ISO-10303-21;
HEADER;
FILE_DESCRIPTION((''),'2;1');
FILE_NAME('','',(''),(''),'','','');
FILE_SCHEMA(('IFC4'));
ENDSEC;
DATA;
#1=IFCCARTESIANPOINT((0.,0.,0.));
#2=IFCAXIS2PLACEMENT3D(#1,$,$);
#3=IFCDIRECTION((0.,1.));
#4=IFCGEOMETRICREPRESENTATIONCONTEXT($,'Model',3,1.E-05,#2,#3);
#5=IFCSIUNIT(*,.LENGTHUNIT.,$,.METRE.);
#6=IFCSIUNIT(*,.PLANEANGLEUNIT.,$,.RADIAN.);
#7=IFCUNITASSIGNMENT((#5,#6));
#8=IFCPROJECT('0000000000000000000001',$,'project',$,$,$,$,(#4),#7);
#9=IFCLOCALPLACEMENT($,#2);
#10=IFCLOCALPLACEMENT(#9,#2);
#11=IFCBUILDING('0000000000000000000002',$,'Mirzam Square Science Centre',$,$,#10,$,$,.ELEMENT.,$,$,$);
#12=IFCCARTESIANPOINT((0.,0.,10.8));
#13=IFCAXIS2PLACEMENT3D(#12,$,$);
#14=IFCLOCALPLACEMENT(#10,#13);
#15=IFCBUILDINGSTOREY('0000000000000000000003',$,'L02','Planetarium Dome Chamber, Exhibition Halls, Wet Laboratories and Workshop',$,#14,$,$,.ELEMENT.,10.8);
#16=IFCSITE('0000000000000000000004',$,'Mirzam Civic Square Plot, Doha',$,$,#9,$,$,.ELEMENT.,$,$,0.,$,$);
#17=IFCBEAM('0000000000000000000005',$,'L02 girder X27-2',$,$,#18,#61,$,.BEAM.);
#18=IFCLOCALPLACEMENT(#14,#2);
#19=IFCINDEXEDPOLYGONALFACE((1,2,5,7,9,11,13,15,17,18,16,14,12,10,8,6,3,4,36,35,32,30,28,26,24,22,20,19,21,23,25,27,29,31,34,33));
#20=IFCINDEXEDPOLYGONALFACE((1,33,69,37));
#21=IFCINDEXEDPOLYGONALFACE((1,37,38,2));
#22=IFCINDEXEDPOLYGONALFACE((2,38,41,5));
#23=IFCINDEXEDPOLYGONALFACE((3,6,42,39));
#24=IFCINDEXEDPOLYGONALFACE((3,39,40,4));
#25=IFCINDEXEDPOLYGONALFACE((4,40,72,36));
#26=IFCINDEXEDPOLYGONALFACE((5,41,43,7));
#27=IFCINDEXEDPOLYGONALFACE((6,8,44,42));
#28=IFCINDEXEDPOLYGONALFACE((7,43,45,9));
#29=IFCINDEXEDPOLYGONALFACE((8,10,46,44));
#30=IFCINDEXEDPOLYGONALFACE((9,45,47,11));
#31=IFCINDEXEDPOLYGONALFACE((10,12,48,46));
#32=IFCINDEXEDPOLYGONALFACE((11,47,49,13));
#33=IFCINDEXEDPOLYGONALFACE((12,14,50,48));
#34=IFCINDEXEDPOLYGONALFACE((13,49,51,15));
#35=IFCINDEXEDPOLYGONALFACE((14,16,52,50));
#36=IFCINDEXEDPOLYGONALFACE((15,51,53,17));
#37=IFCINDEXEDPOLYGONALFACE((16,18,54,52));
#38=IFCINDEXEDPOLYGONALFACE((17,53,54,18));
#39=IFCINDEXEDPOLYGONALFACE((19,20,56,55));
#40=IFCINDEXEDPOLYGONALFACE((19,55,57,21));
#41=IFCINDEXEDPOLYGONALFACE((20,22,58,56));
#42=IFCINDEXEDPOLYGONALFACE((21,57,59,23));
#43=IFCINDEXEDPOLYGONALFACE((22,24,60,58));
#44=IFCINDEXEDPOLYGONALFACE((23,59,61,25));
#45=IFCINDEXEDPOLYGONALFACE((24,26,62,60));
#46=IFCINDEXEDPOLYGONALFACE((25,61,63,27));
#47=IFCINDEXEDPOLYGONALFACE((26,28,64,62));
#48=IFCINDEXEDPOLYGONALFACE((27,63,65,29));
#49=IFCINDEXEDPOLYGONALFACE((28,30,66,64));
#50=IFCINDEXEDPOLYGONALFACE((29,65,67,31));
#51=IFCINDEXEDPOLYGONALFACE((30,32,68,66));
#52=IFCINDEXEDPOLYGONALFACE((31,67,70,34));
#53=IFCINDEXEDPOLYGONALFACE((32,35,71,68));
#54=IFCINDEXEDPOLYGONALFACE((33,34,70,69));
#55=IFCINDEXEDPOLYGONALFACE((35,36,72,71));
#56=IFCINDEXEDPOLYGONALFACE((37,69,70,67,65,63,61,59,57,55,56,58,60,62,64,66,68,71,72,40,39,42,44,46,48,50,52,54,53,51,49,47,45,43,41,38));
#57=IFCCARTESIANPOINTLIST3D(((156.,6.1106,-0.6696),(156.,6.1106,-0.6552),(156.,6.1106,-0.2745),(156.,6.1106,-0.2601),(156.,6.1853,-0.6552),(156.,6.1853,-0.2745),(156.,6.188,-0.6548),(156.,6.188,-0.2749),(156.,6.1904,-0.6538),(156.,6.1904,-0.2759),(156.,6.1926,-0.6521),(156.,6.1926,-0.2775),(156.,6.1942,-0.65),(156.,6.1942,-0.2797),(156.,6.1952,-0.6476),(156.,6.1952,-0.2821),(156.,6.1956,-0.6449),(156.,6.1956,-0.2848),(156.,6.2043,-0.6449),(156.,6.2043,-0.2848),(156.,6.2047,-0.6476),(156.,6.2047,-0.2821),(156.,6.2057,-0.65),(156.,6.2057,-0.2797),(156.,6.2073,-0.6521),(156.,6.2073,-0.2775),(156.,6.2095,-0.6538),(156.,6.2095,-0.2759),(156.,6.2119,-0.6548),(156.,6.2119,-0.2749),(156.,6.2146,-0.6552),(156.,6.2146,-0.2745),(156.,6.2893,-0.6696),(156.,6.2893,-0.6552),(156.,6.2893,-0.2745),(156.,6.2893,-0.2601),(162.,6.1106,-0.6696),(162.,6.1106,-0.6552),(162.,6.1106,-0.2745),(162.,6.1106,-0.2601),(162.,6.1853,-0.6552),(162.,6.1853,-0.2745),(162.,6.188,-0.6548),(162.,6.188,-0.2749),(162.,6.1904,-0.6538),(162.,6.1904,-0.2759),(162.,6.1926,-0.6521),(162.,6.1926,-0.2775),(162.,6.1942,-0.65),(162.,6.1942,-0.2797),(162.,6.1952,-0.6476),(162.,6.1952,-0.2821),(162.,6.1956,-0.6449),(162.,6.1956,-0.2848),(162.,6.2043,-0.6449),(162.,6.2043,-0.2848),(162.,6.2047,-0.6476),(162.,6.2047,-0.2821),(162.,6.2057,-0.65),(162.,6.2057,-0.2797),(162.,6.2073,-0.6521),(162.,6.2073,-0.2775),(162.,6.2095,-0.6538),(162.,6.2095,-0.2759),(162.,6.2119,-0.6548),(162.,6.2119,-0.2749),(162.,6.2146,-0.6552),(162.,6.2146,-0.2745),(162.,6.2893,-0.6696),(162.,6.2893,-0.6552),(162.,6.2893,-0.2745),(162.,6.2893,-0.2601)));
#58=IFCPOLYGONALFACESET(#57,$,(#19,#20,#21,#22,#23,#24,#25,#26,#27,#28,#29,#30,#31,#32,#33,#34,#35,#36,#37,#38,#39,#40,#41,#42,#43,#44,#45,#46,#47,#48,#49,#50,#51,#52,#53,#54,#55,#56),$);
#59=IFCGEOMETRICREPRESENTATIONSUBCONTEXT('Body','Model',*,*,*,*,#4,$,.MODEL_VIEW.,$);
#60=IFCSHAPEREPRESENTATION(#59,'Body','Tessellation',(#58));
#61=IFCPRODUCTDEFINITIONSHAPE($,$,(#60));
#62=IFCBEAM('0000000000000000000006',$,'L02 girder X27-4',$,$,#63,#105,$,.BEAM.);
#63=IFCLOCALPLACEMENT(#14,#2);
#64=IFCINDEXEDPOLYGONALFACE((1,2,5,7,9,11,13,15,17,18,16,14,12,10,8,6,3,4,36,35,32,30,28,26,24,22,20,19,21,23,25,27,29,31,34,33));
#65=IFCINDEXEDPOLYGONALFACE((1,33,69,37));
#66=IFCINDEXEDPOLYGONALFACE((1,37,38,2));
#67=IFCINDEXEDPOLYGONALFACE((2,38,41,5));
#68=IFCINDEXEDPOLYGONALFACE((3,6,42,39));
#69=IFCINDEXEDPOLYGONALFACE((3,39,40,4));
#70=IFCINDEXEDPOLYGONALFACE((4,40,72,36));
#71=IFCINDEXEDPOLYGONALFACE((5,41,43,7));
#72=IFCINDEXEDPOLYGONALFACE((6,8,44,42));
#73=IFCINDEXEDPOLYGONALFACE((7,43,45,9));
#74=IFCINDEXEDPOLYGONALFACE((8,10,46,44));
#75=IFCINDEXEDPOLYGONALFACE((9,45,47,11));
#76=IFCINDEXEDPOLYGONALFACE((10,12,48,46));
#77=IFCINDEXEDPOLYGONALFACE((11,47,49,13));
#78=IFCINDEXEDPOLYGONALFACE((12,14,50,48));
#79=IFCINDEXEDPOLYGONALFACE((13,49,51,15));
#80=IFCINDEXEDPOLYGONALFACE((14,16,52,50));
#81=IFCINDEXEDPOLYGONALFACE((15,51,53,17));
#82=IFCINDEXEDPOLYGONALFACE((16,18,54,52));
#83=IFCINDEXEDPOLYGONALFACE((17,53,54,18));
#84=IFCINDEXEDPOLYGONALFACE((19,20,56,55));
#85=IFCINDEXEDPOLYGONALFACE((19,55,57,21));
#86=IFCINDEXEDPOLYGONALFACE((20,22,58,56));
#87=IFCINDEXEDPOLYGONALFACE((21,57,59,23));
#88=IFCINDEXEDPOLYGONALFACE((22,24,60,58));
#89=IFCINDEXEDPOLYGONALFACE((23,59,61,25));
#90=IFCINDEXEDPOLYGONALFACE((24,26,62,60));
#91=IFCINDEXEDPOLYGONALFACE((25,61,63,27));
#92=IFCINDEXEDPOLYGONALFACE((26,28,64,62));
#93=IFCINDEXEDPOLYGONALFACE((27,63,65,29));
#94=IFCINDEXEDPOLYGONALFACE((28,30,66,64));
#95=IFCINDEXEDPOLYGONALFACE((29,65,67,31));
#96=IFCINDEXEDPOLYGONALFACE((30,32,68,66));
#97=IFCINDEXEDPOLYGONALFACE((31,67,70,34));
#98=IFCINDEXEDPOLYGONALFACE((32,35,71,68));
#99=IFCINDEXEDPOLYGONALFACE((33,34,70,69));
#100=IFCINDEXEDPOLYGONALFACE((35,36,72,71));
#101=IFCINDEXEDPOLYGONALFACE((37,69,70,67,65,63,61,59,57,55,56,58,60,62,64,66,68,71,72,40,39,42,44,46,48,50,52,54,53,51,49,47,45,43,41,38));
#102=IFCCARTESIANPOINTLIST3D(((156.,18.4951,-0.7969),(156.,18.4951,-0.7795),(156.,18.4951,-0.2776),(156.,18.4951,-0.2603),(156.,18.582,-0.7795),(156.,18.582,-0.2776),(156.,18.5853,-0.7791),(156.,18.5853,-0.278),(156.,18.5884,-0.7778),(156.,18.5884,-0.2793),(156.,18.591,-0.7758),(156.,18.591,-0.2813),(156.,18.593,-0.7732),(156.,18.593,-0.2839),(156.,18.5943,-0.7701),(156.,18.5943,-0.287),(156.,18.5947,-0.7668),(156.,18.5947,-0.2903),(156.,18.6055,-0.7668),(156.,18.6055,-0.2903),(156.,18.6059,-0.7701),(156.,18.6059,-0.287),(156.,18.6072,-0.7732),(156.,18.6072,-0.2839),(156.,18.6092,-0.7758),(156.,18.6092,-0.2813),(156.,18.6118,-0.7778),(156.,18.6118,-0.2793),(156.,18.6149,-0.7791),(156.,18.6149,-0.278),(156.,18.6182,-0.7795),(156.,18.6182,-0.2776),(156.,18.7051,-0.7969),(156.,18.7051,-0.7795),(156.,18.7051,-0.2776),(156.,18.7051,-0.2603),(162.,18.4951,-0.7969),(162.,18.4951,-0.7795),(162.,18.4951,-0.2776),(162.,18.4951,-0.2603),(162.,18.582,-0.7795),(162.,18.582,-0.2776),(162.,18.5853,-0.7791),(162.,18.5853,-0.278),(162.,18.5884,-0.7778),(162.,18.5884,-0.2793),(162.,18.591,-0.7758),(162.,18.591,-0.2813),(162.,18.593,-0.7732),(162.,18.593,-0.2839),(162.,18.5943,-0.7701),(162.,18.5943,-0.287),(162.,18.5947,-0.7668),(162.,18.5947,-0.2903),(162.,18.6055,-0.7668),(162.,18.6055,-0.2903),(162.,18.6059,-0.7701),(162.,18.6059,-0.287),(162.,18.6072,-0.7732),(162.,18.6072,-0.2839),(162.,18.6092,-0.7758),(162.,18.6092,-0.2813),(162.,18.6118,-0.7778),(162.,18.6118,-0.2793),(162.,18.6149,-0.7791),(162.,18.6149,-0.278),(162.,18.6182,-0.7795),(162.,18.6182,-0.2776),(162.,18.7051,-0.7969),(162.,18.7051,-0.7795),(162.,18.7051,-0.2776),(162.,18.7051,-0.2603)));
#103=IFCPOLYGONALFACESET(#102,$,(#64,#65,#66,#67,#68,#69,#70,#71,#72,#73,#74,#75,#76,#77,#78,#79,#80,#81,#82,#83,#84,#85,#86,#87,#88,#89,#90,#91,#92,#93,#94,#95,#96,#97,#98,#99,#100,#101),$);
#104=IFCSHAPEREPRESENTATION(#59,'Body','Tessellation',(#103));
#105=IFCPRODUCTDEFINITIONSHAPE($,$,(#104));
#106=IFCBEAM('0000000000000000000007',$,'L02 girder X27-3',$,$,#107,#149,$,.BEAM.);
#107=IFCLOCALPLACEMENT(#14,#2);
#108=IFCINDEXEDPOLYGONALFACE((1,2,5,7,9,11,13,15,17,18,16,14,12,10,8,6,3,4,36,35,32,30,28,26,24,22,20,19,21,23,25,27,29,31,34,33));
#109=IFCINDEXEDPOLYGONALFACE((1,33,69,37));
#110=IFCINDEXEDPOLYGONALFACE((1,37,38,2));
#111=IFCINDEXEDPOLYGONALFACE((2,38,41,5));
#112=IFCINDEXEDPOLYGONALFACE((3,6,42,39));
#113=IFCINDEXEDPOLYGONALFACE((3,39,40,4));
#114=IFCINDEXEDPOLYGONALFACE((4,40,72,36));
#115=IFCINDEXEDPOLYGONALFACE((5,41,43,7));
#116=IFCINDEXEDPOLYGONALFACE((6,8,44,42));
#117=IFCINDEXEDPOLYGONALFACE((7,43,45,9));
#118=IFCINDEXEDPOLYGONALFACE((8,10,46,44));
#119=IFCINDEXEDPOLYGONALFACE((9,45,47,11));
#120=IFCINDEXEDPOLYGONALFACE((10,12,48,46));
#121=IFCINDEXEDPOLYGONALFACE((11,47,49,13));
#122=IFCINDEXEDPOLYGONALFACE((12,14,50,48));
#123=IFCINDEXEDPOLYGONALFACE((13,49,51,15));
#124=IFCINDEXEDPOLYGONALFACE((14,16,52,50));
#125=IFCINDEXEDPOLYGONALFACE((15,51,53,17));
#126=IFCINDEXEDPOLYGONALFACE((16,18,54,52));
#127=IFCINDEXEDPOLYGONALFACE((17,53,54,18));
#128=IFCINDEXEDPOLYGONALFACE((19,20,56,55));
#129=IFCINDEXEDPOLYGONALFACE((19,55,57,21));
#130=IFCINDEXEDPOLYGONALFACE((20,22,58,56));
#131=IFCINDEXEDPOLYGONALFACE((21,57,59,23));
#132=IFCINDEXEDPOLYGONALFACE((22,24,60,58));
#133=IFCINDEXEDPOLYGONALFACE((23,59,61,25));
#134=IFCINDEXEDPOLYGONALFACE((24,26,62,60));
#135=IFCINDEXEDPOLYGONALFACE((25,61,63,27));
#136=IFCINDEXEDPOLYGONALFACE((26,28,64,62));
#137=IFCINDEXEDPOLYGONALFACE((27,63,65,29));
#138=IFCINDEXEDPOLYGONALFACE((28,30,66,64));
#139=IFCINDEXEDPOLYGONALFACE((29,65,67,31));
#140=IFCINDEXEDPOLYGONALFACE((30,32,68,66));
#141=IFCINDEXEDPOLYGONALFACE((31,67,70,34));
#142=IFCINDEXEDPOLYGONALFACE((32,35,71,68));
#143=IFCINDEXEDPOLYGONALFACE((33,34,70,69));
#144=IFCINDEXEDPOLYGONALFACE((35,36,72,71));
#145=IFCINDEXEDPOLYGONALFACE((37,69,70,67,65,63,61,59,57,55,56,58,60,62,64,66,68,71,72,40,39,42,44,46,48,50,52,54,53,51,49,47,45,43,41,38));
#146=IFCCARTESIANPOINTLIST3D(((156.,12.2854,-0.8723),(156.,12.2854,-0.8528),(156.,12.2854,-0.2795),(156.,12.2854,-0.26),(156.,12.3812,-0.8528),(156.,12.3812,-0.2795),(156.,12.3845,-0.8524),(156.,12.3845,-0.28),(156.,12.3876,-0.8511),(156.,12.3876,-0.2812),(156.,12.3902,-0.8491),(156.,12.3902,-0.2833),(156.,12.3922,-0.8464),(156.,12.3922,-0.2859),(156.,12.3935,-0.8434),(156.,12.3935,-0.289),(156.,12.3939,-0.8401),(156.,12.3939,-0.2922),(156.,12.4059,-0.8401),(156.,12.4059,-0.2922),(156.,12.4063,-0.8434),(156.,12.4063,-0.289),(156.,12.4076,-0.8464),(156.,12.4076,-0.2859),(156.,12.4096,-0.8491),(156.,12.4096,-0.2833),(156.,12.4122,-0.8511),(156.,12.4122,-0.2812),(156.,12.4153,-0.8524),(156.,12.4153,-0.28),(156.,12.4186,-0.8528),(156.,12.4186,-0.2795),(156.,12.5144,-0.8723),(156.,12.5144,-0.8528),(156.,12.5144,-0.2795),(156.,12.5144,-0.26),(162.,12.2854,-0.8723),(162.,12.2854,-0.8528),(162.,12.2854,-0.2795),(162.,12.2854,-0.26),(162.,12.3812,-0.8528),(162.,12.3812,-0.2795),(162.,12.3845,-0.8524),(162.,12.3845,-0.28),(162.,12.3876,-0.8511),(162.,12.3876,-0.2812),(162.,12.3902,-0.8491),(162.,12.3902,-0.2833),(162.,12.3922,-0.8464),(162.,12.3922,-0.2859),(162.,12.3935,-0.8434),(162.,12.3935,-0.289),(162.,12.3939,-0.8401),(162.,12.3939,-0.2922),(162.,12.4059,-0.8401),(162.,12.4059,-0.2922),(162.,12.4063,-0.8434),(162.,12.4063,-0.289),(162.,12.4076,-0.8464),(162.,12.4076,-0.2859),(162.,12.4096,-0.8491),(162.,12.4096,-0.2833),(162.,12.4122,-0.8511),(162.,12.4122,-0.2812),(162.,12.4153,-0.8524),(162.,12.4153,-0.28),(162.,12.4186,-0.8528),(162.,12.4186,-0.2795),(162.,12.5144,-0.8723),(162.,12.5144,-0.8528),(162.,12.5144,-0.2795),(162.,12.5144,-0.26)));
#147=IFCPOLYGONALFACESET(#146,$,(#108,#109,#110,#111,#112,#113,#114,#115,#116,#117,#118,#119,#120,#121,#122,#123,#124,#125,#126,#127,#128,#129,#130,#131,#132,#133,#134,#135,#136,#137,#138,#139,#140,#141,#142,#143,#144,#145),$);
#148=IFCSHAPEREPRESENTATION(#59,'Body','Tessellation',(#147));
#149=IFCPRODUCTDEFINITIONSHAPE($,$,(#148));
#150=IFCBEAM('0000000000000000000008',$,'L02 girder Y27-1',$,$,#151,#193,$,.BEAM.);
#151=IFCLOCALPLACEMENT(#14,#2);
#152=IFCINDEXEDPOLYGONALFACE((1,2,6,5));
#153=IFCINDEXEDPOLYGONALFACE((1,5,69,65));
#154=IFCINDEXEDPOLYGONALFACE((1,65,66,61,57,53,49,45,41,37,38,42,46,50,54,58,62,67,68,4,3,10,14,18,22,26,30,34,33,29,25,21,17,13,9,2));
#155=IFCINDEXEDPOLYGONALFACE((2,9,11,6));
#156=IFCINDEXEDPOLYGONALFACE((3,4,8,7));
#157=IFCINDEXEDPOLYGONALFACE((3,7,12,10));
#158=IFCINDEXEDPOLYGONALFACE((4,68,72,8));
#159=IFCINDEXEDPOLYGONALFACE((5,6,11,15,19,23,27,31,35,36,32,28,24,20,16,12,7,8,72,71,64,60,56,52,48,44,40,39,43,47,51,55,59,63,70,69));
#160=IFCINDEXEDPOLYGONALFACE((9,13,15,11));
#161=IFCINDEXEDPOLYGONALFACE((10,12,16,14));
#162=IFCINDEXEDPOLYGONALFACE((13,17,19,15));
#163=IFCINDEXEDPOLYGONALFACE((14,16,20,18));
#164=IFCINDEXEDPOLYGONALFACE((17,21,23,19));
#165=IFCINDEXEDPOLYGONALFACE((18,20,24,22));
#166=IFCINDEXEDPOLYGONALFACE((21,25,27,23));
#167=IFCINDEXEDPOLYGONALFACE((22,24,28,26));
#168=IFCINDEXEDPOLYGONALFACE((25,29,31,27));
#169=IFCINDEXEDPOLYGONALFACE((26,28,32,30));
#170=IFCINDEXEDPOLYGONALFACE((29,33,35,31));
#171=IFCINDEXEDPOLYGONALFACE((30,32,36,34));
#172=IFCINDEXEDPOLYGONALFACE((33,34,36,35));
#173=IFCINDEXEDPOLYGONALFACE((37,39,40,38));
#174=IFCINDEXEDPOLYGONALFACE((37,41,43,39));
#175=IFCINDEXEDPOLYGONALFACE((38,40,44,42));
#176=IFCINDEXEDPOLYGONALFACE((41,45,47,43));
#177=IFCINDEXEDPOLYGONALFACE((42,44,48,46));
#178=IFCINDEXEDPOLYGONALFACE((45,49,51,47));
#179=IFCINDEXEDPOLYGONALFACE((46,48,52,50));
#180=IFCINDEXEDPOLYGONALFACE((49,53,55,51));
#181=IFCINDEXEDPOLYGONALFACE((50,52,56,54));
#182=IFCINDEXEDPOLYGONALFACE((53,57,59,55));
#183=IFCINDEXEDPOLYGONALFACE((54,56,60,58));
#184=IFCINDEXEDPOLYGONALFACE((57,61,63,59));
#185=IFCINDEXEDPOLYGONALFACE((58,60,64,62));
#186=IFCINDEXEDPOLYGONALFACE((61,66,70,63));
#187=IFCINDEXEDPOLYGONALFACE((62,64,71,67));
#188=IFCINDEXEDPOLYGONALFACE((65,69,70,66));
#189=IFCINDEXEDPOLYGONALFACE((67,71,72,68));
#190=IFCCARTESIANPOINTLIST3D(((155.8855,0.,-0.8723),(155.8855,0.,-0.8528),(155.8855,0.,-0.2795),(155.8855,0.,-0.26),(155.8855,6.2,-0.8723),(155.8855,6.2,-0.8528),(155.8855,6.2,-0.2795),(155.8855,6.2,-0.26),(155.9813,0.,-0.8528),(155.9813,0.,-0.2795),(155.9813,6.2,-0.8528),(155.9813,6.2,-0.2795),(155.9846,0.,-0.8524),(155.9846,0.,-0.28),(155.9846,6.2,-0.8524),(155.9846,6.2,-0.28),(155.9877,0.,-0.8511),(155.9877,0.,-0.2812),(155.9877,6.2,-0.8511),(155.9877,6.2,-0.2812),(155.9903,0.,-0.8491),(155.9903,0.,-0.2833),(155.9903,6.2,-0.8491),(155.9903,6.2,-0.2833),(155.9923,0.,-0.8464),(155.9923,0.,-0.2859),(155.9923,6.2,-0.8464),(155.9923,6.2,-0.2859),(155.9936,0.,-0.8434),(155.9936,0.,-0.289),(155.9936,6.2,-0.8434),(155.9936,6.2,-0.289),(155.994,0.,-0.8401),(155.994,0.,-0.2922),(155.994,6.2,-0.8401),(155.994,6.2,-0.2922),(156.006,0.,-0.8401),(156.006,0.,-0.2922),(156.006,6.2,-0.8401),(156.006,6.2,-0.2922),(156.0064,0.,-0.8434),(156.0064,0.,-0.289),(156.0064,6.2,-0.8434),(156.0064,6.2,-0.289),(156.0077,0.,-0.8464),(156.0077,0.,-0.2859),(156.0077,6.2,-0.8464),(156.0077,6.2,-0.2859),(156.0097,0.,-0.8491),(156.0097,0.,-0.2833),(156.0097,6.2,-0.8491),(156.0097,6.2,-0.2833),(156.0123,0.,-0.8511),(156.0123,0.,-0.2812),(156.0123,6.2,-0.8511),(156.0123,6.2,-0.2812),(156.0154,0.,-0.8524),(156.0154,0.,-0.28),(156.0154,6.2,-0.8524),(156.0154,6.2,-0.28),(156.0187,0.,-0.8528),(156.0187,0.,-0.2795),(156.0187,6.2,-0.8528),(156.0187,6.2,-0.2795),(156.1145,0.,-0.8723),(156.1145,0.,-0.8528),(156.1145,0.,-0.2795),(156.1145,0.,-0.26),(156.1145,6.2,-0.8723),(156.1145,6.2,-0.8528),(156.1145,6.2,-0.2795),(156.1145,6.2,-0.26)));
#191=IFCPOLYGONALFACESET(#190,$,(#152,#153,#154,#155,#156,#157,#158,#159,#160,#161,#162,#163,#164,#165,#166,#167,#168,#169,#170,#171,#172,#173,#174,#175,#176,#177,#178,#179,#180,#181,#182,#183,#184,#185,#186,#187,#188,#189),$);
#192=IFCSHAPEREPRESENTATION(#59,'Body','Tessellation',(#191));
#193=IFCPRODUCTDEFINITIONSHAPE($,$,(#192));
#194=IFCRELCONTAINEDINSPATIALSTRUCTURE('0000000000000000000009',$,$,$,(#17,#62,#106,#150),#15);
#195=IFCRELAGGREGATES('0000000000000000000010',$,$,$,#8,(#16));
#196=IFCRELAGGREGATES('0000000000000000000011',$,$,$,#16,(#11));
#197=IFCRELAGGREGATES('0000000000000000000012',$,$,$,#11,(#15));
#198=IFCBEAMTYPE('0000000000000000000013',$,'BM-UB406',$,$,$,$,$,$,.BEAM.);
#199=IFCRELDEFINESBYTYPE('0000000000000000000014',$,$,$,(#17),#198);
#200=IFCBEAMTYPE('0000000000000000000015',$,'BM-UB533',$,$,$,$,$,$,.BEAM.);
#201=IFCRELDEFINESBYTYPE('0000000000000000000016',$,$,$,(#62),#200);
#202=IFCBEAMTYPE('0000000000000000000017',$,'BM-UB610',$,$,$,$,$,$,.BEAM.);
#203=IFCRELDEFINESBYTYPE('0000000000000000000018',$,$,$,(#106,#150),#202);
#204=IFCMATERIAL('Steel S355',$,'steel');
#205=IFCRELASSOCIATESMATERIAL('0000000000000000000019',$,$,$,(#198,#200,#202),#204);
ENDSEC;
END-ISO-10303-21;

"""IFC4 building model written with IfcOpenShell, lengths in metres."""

from ifc_helpers import new_model, si_unit, direction, frame, origin, origin_2d, place, context, subcontext, project, spatial, i_section, extrude, material, material_profile, profile_set, type_object, element, save


model = new_model("IFC4")

# Units and contexts
model_context = context("Model", 3, precision=1e-05, world=origin(), true_north=direction((0.0, 1.0)))
body_context = subcontext(model_context, "Body", "Model", "MODEL_VIEW")
ifc_project = project(units=[si_unit("LENGTHUNIT", "METRE"), si_unit("PLANEANGLEUNIT", "RADIAN")], contexts=[model_context])

# Site, building, storey
site_placement = place(None, origin())
site = spatial("IfcSite", under=ifc_project, at=site_placement, Name="Mirzam Civic Square Plot, Doha", CompositionType="ELEMENT", RefElevation=0.0)
building_placement = place(site_placement, origin())
building = spatial("IfcBuilding", under=site, at=building_placement, Name="Mirzam Square Science Centre", CompositionType="ELEMENT")
storey_placement = place(building_placement, frame((0.0, 0.0, 10.8)))
storey = spatial("IfcBuildingStorey", under=building, at=storey_placement, Name="L02", Description="Planetarium Dome Chamber, Exhibition Halls, Wet Laboratories and Workshop", CompositionType="ELEMENT", Elevation=10.8)

# Shared definitions
ifc_material_1 = material(Name="Steel S355", Category="steel")

# Beams
ifc_material_profile_1 = material_profile(ifc_material_1, i_section(OverallWidth=0.1787, OverallDepth=0.4094, WebThickness=0.0088, FlangeThickness=0.0144, FilletRadius=0.0103, at=origin_2d()), Name="406x178x67UB")
ifc_profile_set_1 = profile_set([ifc_material_profile_1], Name="Steel S355")
beam_type_1 = type_object("IfcBeamType", Name="BM-UB406", PredefinedType="BEAM", material=ifc_profile_set_1)
beam_1_placement = place(storey_placement, frame((156.0, 6.2, -0.4648), z_axis=(1.0, 0.0, 0.0), x_axis=(0.0, 1.0, 0.0)))
element("IfcBeam", 1, at=beam_1_placement, inside=storey, type_object=beam_type_1, Name="L02 girder X27-2", PredefinedType="BEAM", context=body_context, shape_type="SweptSolid", body=[
    extrude(i_section(OverallWidth=0.1787, OverallDepth=0.4094, WebThickness=0.0088, FlangeThickness=0.0144, FilletRadius=0.0103, at=origin_2d()), origin(), (0.0, 0.0, 1.0), 6.0),
])
ifc_material_profile_2 = material_profile(ifc_material_1, i_section(OverallWidth=0.21, OverallDepth=0.5366, WebThickness=0.0107, FlangeThickness=0.0173, FilletRadius=0.0127, at=origin_2d()), Name="533x210x101UB")
ifc_profile_set_2 = profile_set([ifc_material_profile_2], Name="Steel S355")
beam_type_2 = type_object("IfcBeamType", Name="BM-UB533", PredefinedType="BEAM", material=ifc_profile_set_2)
beam_2_placement = place(storey_placement, frame((156.0, 18.6001, -0.5286), z_axis=(1.0, 0.0, 0.0), x_axis=(0.0, 1.0, 0.0)))
element("IfcBeam", 2, at=beam_2_placement, inside=storey, type_object=beam_type_2, Name="L02 girder X27-4", PredefinedType="BEAM", context=body_context, shape_type="SweptSolid", body=[
    extrude(i_section(OverallWidth=0.21, OverallDepth=0.5366, WebThickness=0.0107, FlangeThickness=0.0173, FilletRadius=0.0127, at=origin_2d()), origin(), (0.0, 0.0, 1.0), 6.0),
])
ifc_material_profile_3 = material_profile(ifc_material_1, i_section(OverallWidth=0.229, OverallDepth=0.6123, WebThickness=0.012, FlangeThickness=0.0195, FilletRadius=0.0127, at=origin_2d()), Name="610x229x125UB")
ifc_profile_set_3 = profile_set([ifc_material_profile_3], Name="Steel S355")
beam_type_3 = type_object("IfcBeamType", Name="BM-UB610", PredefinedType="BEAM", material=ifc_profile_set_3)
beam_3_placement = place(storey_placement, frame((156.0, 12.3999, -0.5662), z_axis=(1.0, 0.0, 0.0), x_axis=(0.0, 1.0, 0.0)))
element("IfcBeam", 3, at=beam_3_placement, inside=storey, type_object=beam_type_3, Name="L02 girder X27-3", PredefinedType="BEAM", context=body_context, shape_type="SweptSolid", body=[
    extrude(i_section(OverallWidth=0.229, OverallDepth=0.6123, WebThickness=0.012, FlangeThickness=0.0195, FilletRadius=0.0127, at=origin_2d()), origin(), (0.0, 0.0, 1.0), 6.0),
])
beam_4_placement = place(storey_placement, frame((156.0, 0.0, -0.5662), z_axis=(0.0, 1.0, 0.0), x_axis=(-1.0, 0.0, 0.0)))
element("IfcBeam", 4, at=beam_4_placement, inside=storey, type_object=beam_type_3, Name="L02 girder Y27-1", PredefinedType="BEAM", context=body_context, shape_type="SweptSolid", body=[
    extrude(i_section(OverallWidth=0.229, OverallDepth=0.6123, WebThickness=0.012, FlangeThickness=0.0195, FilletRadius=0.0127, at=origin_2d()), origin(), (0.0, 0.0, 1.0), 6.2),
])

save(model, "model.ifc")
